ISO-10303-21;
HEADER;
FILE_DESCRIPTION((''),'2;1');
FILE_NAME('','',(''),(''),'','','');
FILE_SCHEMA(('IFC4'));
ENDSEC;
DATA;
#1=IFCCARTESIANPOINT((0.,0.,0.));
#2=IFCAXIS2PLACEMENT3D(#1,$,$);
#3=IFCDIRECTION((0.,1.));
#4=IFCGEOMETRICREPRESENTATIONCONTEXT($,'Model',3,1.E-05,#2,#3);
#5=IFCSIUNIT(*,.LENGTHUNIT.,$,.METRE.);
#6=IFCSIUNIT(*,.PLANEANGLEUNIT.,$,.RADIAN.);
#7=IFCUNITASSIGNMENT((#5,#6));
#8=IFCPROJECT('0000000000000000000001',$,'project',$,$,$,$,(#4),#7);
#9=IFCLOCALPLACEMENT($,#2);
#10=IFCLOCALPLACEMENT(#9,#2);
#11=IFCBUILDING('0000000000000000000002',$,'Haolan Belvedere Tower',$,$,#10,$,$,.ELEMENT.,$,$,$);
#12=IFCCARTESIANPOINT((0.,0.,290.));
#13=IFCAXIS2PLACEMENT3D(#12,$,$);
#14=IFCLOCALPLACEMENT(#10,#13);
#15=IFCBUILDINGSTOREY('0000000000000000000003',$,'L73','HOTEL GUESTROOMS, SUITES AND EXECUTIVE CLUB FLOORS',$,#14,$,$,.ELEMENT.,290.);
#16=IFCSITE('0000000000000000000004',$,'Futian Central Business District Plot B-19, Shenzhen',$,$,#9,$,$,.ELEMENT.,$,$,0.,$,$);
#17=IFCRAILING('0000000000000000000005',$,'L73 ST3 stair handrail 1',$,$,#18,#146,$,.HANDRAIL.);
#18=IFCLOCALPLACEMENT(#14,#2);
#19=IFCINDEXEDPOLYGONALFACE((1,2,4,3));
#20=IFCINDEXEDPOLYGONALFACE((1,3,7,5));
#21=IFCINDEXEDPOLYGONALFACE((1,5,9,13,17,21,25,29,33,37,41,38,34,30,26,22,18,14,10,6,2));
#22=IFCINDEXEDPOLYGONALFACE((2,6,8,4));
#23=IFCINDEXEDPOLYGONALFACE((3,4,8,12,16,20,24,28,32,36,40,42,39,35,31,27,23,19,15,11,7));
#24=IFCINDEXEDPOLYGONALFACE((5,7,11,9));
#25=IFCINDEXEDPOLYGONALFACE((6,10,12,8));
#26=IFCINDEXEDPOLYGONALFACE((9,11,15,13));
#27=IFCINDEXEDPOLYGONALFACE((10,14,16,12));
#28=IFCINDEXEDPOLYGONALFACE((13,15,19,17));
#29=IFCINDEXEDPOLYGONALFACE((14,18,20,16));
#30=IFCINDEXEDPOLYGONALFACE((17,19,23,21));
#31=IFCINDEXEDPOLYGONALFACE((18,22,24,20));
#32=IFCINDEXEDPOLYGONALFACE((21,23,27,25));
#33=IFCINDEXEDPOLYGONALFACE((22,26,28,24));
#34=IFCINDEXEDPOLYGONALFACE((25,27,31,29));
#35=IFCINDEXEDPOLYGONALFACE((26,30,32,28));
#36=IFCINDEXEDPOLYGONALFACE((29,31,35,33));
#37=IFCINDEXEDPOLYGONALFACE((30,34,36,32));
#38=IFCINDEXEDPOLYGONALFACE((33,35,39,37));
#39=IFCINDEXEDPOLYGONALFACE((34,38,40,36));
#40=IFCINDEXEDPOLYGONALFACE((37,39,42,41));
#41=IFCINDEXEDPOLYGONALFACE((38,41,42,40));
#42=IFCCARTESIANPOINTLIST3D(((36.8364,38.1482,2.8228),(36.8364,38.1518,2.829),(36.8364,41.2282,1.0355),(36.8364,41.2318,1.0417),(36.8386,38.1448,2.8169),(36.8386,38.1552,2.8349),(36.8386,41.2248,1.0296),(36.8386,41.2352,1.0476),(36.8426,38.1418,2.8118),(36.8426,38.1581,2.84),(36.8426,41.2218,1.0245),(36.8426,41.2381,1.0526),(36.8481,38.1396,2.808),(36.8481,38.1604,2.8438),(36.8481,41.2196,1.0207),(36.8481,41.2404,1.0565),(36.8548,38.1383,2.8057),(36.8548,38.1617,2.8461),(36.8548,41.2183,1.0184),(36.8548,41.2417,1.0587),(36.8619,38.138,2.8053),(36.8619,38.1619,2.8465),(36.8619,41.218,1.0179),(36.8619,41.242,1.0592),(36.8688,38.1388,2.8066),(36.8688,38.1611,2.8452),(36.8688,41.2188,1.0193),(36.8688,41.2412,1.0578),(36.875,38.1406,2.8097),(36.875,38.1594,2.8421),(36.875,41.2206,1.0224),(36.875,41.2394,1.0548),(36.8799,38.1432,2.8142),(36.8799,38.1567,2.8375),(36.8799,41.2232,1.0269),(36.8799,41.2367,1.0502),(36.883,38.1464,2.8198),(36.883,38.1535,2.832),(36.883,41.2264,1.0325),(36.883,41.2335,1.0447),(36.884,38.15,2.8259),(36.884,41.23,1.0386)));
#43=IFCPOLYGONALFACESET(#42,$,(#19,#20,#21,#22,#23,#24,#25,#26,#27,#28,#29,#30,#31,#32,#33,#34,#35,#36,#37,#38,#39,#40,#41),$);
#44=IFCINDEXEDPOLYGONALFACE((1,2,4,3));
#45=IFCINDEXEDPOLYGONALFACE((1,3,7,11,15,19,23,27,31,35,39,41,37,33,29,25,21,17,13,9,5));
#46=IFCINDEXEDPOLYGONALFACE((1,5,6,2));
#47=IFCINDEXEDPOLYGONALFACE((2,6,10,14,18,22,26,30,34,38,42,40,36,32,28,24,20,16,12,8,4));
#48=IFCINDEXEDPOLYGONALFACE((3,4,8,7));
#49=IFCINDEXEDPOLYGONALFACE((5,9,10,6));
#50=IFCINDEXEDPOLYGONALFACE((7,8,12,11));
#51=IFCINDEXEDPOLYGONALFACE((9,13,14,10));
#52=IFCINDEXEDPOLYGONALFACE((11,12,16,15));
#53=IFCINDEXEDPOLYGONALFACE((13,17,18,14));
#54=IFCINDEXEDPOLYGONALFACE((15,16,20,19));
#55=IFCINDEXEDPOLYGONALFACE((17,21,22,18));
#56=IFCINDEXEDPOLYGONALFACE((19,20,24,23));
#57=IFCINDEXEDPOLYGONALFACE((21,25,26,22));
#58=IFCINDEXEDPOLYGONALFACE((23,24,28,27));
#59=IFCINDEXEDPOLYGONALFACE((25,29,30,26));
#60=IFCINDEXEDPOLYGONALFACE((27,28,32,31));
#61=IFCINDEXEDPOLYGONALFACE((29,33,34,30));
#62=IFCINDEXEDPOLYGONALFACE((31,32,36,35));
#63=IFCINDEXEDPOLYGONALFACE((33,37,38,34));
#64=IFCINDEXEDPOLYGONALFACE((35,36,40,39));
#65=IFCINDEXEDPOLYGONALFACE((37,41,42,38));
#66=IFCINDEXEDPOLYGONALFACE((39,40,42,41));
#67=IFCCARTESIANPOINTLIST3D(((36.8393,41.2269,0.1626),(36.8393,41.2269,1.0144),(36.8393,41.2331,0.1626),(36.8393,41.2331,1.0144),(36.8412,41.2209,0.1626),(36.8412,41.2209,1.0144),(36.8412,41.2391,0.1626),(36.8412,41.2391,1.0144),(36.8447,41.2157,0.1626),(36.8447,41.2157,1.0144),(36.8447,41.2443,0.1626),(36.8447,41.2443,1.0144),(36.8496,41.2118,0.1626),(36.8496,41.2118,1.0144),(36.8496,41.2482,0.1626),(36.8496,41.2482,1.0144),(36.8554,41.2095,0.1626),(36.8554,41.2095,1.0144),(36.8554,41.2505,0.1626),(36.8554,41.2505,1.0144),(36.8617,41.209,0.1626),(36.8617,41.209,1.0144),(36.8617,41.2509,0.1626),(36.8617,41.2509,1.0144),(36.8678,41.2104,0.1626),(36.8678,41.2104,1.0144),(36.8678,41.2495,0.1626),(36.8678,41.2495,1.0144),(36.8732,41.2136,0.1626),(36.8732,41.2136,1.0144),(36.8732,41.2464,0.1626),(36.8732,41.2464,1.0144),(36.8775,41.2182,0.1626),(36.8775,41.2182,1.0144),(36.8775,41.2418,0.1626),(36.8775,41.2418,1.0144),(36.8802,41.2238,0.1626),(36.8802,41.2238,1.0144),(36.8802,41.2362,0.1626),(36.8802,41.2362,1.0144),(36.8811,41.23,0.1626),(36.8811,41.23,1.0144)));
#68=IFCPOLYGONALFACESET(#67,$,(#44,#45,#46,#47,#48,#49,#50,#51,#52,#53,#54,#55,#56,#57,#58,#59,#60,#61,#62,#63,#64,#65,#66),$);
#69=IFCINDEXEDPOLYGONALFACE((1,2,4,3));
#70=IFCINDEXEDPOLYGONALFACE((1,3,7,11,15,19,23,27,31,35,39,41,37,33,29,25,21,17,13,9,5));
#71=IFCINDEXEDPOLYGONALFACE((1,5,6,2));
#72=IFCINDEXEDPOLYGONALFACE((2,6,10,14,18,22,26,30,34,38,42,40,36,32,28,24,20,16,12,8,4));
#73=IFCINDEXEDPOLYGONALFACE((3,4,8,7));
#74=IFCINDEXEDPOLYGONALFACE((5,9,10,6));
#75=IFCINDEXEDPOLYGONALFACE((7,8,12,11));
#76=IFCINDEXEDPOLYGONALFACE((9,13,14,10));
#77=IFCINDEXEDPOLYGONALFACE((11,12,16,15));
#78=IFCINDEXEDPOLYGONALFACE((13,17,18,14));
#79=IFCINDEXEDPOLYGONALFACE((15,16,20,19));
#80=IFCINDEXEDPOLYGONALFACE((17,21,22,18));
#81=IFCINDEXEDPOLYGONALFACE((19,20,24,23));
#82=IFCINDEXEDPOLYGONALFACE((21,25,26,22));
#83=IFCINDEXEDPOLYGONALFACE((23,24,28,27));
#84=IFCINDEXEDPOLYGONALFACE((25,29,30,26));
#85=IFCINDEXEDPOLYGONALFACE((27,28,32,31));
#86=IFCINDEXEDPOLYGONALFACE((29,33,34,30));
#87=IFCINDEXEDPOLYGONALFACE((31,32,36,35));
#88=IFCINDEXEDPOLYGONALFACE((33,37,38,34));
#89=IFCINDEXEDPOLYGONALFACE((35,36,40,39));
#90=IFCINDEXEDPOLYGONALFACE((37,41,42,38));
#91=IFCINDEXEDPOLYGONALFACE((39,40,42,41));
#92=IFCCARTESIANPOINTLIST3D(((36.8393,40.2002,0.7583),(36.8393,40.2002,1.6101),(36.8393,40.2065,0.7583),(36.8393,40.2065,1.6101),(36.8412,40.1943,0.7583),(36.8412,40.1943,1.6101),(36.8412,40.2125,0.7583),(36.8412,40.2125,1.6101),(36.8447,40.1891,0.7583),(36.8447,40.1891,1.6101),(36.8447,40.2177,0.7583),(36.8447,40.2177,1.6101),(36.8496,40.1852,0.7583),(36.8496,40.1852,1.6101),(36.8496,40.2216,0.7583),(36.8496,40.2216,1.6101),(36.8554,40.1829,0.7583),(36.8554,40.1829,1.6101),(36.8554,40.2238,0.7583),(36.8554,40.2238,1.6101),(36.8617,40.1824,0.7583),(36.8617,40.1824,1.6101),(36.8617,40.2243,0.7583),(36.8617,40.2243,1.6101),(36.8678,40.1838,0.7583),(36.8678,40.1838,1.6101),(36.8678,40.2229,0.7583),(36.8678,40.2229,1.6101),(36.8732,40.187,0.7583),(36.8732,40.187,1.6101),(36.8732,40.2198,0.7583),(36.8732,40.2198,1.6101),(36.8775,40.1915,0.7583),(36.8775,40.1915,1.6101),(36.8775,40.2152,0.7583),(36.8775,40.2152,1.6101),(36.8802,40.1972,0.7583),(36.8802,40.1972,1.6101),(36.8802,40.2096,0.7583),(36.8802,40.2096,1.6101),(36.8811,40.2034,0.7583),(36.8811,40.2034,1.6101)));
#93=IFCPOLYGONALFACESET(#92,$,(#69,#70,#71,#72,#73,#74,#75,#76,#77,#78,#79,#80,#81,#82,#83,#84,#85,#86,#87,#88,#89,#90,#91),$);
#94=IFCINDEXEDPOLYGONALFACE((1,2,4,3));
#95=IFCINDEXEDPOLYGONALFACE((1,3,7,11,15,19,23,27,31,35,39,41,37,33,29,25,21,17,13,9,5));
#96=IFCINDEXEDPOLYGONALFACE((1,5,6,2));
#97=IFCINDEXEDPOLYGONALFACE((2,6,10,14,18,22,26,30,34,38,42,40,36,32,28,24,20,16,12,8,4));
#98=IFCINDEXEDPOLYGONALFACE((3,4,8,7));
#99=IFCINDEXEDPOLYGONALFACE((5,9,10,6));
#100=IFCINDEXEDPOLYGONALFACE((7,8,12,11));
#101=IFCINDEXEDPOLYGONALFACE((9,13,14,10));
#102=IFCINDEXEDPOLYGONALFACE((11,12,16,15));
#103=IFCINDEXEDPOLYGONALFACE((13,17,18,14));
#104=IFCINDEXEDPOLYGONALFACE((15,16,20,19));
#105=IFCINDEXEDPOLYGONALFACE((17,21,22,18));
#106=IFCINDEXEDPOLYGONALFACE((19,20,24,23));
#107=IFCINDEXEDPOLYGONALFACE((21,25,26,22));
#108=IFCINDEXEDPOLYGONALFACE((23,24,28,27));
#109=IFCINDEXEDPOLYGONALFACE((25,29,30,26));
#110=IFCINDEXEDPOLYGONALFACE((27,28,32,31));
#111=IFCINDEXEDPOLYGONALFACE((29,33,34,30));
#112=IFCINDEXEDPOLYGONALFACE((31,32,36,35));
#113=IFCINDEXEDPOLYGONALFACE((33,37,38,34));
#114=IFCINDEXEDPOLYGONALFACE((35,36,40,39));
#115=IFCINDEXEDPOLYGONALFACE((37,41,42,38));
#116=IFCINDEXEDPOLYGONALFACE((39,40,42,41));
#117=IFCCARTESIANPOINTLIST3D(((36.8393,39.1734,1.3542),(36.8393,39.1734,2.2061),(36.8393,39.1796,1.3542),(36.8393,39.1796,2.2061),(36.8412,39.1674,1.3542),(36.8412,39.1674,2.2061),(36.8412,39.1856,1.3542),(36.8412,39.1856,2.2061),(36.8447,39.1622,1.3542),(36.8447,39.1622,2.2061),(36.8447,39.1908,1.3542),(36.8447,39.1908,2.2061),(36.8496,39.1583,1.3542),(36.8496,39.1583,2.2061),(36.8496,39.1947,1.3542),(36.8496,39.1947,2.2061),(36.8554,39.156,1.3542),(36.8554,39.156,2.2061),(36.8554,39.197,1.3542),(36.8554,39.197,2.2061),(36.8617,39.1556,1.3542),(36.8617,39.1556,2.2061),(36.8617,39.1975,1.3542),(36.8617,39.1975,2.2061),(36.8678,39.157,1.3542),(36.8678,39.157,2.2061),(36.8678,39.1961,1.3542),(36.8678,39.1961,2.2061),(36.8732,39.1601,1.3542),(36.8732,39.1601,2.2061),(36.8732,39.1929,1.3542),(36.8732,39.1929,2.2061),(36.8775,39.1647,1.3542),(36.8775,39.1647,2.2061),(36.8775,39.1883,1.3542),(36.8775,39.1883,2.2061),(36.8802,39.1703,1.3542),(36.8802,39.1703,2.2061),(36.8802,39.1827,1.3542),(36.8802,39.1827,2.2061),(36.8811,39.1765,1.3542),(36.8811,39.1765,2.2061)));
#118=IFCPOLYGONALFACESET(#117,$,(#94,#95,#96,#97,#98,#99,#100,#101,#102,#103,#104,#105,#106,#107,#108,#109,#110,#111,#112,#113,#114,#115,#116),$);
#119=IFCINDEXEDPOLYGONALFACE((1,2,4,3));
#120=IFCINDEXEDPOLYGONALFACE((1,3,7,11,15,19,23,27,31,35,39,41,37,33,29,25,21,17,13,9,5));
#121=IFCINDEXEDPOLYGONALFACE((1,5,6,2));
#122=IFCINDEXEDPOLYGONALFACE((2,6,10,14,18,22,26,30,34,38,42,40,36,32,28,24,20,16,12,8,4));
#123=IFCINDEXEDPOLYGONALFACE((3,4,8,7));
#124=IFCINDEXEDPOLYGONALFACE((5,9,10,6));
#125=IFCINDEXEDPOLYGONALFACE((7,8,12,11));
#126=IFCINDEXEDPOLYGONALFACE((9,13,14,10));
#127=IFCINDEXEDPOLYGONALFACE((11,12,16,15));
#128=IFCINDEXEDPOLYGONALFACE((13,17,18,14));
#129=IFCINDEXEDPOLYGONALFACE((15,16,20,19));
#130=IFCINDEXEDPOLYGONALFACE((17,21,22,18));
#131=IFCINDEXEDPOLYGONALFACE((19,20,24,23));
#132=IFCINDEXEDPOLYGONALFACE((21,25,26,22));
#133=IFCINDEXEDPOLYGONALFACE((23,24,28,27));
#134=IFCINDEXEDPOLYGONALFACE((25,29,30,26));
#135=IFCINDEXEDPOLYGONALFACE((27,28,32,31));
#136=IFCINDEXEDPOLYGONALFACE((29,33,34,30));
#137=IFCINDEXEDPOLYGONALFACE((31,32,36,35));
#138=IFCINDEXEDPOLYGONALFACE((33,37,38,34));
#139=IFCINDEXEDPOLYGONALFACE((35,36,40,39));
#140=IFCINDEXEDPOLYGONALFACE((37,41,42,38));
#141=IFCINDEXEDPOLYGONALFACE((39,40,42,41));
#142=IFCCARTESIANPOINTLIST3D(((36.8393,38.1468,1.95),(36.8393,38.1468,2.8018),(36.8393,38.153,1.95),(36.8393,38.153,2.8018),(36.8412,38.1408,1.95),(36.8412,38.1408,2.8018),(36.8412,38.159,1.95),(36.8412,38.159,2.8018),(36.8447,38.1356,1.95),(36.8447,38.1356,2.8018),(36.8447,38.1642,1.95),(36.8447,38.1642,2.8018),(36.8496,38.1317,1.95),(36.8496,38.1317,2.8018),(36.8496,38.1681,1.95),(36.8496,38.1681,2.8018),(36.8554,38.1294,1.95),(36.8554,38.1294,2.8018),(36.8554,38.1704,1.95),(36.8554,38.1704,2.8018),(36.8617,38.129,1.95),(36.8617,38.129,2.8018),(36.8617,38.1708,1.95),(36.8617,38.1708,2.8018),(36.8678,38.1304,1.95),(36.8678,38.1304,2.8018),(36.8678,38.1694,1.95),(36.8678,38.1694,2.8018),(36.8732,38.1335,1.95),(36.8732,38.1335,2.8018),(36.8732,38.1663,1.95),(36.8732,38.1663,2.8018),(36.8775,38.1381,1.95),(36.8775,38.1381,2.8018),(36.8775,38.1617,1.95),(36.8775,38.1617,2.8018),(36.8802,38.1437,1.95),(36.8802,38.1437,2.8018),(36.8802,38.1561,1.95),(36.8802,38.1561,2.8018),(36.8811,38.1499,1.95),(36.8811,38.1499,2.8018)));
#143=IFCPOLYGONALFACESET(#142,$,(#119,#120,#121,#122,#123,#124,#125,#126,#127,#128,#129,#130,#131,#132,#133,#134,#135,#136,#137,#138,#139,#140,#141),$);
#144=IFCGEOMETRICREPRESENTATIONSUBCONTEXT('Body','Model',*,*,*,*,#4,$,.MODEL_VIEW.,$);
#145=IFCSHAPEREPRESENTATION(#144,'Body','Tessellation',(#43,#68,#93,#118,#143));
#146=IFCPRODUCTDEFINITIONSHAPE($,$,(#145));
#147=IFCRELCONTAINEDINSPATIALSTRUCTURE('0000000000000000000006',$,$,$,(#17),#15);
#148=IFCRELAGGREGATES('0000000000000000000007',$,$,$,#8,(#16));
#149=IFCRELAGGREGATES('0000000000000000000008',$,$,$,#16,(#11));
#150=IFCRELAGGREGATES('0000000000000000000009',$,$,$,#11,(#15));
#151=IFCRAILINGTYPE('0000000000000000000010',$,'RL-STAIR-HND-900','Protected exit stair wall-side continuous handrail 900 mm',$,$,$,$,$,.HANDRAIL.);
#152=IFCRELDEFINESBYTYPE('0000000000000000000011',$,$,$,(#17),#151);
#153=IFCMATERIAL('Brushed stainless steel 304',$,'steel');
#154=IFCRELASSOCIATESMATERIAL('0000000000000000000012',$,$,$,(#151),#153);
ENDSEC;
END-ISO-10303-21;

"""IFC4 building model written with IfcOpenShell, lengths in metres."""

from ifc_helpers import new_model, si_unit, direction, frame, origin, origin_2d, place, context, subcontext, project, spatial, circle, extrude, material, type_object, element, save


model = new_model("IFC4")

# Units and contexts
model_context = context("Model", 3, precision=1e-05, world=origin(), true_north=direction((0.0, 1.0)))
body_context = subcontext(model_context, "Body", "Model", "MODEL_VIEW")
ifc_project = project(units=[si_unit("LENGTHUNIT", "METRE"), si_unit("PLANEANGLEUNIT", "RADIAN")], contexts=[model_context])

# Site, building, storey
site_placement = place(None, origin())
site = spatial("IfcSite", under=ifc_project, at=site_placement, Name="Futian Central Business District Plot B-19, Shenzhen", CompositionType="ELEMENT", RefElevation=0.0)
building_placement = place(site_placement, origin())
building = spatial("IfcBuilding", under=site, at=building_placement, Name="Haolan Belvedere Tower", CompositionType="ELEMENT")
storey_placement = place(building_placement, frame((0.0, 0.0, 290.0)))
storey = spatial("IfcBuildingStorey", under=building, at=storey_placement, Name="L73", Description="HOTEL GUESTROOMS, SUITES AND EXECUTIVE CLUB FLOORS", CompositionType="ELEMENT", Elevation=290.0)

# Railing
ifc_material_1 = material(Name="Brushed stainless steel 304", Category="steel")
railing_type_1 = type_object("IfcRailingType", Name="RL-STAIR-HND-900", Description="Protected exit stair wall-side continuous handrail 900 mm", PredefinedType="HANDRAIL", material=ifc_material_1)
railing_1_placement = place(storey_placement, frame((36.8601, 41.23, 0.1626)))
element("IfcRailing", 1, at=railing_1_placement, inside=storey, type_object=railing_type_1, Name="L73 ST3 stair handrail 1", PredefinedType="HANDRAIL", context=body_context, shape_type="SweptSolid", body=[
    extrude(circle(Radius=0.0239, at=origin_2d()), frame((0.0, 0.0, 0.876), z_axis=(0.0, -0.86492, 0.501909), x_axis=(1.0, 0.0, 0.0)), (0.0, 0.0, 1.0), 3.561),
    extrude(circle(Radius=0.021, at=origin_2d()), origin(), (0.0, 0.0, 1.0), 0.8518),
    extrude(circle(Radius=0.021, at=origin_2d()), frame((0.0, -1.0266, 0.5957)), (0.0, 0.0, 1.0), 0.8518),
    extrude(circle(Radius=0.021, at=origin_2d()), frame((0.0, -2.0535, 1.1917)), (0.0, 0.0, 1.0), 0.8518),
    extrude(circle(Radius=0.021, at=origin_2d()), frame((0.0, -3.0801, 1.7874)), (0.0, 0.0, 1.0), 0.8518),
])

save(model, "model.ifc")
